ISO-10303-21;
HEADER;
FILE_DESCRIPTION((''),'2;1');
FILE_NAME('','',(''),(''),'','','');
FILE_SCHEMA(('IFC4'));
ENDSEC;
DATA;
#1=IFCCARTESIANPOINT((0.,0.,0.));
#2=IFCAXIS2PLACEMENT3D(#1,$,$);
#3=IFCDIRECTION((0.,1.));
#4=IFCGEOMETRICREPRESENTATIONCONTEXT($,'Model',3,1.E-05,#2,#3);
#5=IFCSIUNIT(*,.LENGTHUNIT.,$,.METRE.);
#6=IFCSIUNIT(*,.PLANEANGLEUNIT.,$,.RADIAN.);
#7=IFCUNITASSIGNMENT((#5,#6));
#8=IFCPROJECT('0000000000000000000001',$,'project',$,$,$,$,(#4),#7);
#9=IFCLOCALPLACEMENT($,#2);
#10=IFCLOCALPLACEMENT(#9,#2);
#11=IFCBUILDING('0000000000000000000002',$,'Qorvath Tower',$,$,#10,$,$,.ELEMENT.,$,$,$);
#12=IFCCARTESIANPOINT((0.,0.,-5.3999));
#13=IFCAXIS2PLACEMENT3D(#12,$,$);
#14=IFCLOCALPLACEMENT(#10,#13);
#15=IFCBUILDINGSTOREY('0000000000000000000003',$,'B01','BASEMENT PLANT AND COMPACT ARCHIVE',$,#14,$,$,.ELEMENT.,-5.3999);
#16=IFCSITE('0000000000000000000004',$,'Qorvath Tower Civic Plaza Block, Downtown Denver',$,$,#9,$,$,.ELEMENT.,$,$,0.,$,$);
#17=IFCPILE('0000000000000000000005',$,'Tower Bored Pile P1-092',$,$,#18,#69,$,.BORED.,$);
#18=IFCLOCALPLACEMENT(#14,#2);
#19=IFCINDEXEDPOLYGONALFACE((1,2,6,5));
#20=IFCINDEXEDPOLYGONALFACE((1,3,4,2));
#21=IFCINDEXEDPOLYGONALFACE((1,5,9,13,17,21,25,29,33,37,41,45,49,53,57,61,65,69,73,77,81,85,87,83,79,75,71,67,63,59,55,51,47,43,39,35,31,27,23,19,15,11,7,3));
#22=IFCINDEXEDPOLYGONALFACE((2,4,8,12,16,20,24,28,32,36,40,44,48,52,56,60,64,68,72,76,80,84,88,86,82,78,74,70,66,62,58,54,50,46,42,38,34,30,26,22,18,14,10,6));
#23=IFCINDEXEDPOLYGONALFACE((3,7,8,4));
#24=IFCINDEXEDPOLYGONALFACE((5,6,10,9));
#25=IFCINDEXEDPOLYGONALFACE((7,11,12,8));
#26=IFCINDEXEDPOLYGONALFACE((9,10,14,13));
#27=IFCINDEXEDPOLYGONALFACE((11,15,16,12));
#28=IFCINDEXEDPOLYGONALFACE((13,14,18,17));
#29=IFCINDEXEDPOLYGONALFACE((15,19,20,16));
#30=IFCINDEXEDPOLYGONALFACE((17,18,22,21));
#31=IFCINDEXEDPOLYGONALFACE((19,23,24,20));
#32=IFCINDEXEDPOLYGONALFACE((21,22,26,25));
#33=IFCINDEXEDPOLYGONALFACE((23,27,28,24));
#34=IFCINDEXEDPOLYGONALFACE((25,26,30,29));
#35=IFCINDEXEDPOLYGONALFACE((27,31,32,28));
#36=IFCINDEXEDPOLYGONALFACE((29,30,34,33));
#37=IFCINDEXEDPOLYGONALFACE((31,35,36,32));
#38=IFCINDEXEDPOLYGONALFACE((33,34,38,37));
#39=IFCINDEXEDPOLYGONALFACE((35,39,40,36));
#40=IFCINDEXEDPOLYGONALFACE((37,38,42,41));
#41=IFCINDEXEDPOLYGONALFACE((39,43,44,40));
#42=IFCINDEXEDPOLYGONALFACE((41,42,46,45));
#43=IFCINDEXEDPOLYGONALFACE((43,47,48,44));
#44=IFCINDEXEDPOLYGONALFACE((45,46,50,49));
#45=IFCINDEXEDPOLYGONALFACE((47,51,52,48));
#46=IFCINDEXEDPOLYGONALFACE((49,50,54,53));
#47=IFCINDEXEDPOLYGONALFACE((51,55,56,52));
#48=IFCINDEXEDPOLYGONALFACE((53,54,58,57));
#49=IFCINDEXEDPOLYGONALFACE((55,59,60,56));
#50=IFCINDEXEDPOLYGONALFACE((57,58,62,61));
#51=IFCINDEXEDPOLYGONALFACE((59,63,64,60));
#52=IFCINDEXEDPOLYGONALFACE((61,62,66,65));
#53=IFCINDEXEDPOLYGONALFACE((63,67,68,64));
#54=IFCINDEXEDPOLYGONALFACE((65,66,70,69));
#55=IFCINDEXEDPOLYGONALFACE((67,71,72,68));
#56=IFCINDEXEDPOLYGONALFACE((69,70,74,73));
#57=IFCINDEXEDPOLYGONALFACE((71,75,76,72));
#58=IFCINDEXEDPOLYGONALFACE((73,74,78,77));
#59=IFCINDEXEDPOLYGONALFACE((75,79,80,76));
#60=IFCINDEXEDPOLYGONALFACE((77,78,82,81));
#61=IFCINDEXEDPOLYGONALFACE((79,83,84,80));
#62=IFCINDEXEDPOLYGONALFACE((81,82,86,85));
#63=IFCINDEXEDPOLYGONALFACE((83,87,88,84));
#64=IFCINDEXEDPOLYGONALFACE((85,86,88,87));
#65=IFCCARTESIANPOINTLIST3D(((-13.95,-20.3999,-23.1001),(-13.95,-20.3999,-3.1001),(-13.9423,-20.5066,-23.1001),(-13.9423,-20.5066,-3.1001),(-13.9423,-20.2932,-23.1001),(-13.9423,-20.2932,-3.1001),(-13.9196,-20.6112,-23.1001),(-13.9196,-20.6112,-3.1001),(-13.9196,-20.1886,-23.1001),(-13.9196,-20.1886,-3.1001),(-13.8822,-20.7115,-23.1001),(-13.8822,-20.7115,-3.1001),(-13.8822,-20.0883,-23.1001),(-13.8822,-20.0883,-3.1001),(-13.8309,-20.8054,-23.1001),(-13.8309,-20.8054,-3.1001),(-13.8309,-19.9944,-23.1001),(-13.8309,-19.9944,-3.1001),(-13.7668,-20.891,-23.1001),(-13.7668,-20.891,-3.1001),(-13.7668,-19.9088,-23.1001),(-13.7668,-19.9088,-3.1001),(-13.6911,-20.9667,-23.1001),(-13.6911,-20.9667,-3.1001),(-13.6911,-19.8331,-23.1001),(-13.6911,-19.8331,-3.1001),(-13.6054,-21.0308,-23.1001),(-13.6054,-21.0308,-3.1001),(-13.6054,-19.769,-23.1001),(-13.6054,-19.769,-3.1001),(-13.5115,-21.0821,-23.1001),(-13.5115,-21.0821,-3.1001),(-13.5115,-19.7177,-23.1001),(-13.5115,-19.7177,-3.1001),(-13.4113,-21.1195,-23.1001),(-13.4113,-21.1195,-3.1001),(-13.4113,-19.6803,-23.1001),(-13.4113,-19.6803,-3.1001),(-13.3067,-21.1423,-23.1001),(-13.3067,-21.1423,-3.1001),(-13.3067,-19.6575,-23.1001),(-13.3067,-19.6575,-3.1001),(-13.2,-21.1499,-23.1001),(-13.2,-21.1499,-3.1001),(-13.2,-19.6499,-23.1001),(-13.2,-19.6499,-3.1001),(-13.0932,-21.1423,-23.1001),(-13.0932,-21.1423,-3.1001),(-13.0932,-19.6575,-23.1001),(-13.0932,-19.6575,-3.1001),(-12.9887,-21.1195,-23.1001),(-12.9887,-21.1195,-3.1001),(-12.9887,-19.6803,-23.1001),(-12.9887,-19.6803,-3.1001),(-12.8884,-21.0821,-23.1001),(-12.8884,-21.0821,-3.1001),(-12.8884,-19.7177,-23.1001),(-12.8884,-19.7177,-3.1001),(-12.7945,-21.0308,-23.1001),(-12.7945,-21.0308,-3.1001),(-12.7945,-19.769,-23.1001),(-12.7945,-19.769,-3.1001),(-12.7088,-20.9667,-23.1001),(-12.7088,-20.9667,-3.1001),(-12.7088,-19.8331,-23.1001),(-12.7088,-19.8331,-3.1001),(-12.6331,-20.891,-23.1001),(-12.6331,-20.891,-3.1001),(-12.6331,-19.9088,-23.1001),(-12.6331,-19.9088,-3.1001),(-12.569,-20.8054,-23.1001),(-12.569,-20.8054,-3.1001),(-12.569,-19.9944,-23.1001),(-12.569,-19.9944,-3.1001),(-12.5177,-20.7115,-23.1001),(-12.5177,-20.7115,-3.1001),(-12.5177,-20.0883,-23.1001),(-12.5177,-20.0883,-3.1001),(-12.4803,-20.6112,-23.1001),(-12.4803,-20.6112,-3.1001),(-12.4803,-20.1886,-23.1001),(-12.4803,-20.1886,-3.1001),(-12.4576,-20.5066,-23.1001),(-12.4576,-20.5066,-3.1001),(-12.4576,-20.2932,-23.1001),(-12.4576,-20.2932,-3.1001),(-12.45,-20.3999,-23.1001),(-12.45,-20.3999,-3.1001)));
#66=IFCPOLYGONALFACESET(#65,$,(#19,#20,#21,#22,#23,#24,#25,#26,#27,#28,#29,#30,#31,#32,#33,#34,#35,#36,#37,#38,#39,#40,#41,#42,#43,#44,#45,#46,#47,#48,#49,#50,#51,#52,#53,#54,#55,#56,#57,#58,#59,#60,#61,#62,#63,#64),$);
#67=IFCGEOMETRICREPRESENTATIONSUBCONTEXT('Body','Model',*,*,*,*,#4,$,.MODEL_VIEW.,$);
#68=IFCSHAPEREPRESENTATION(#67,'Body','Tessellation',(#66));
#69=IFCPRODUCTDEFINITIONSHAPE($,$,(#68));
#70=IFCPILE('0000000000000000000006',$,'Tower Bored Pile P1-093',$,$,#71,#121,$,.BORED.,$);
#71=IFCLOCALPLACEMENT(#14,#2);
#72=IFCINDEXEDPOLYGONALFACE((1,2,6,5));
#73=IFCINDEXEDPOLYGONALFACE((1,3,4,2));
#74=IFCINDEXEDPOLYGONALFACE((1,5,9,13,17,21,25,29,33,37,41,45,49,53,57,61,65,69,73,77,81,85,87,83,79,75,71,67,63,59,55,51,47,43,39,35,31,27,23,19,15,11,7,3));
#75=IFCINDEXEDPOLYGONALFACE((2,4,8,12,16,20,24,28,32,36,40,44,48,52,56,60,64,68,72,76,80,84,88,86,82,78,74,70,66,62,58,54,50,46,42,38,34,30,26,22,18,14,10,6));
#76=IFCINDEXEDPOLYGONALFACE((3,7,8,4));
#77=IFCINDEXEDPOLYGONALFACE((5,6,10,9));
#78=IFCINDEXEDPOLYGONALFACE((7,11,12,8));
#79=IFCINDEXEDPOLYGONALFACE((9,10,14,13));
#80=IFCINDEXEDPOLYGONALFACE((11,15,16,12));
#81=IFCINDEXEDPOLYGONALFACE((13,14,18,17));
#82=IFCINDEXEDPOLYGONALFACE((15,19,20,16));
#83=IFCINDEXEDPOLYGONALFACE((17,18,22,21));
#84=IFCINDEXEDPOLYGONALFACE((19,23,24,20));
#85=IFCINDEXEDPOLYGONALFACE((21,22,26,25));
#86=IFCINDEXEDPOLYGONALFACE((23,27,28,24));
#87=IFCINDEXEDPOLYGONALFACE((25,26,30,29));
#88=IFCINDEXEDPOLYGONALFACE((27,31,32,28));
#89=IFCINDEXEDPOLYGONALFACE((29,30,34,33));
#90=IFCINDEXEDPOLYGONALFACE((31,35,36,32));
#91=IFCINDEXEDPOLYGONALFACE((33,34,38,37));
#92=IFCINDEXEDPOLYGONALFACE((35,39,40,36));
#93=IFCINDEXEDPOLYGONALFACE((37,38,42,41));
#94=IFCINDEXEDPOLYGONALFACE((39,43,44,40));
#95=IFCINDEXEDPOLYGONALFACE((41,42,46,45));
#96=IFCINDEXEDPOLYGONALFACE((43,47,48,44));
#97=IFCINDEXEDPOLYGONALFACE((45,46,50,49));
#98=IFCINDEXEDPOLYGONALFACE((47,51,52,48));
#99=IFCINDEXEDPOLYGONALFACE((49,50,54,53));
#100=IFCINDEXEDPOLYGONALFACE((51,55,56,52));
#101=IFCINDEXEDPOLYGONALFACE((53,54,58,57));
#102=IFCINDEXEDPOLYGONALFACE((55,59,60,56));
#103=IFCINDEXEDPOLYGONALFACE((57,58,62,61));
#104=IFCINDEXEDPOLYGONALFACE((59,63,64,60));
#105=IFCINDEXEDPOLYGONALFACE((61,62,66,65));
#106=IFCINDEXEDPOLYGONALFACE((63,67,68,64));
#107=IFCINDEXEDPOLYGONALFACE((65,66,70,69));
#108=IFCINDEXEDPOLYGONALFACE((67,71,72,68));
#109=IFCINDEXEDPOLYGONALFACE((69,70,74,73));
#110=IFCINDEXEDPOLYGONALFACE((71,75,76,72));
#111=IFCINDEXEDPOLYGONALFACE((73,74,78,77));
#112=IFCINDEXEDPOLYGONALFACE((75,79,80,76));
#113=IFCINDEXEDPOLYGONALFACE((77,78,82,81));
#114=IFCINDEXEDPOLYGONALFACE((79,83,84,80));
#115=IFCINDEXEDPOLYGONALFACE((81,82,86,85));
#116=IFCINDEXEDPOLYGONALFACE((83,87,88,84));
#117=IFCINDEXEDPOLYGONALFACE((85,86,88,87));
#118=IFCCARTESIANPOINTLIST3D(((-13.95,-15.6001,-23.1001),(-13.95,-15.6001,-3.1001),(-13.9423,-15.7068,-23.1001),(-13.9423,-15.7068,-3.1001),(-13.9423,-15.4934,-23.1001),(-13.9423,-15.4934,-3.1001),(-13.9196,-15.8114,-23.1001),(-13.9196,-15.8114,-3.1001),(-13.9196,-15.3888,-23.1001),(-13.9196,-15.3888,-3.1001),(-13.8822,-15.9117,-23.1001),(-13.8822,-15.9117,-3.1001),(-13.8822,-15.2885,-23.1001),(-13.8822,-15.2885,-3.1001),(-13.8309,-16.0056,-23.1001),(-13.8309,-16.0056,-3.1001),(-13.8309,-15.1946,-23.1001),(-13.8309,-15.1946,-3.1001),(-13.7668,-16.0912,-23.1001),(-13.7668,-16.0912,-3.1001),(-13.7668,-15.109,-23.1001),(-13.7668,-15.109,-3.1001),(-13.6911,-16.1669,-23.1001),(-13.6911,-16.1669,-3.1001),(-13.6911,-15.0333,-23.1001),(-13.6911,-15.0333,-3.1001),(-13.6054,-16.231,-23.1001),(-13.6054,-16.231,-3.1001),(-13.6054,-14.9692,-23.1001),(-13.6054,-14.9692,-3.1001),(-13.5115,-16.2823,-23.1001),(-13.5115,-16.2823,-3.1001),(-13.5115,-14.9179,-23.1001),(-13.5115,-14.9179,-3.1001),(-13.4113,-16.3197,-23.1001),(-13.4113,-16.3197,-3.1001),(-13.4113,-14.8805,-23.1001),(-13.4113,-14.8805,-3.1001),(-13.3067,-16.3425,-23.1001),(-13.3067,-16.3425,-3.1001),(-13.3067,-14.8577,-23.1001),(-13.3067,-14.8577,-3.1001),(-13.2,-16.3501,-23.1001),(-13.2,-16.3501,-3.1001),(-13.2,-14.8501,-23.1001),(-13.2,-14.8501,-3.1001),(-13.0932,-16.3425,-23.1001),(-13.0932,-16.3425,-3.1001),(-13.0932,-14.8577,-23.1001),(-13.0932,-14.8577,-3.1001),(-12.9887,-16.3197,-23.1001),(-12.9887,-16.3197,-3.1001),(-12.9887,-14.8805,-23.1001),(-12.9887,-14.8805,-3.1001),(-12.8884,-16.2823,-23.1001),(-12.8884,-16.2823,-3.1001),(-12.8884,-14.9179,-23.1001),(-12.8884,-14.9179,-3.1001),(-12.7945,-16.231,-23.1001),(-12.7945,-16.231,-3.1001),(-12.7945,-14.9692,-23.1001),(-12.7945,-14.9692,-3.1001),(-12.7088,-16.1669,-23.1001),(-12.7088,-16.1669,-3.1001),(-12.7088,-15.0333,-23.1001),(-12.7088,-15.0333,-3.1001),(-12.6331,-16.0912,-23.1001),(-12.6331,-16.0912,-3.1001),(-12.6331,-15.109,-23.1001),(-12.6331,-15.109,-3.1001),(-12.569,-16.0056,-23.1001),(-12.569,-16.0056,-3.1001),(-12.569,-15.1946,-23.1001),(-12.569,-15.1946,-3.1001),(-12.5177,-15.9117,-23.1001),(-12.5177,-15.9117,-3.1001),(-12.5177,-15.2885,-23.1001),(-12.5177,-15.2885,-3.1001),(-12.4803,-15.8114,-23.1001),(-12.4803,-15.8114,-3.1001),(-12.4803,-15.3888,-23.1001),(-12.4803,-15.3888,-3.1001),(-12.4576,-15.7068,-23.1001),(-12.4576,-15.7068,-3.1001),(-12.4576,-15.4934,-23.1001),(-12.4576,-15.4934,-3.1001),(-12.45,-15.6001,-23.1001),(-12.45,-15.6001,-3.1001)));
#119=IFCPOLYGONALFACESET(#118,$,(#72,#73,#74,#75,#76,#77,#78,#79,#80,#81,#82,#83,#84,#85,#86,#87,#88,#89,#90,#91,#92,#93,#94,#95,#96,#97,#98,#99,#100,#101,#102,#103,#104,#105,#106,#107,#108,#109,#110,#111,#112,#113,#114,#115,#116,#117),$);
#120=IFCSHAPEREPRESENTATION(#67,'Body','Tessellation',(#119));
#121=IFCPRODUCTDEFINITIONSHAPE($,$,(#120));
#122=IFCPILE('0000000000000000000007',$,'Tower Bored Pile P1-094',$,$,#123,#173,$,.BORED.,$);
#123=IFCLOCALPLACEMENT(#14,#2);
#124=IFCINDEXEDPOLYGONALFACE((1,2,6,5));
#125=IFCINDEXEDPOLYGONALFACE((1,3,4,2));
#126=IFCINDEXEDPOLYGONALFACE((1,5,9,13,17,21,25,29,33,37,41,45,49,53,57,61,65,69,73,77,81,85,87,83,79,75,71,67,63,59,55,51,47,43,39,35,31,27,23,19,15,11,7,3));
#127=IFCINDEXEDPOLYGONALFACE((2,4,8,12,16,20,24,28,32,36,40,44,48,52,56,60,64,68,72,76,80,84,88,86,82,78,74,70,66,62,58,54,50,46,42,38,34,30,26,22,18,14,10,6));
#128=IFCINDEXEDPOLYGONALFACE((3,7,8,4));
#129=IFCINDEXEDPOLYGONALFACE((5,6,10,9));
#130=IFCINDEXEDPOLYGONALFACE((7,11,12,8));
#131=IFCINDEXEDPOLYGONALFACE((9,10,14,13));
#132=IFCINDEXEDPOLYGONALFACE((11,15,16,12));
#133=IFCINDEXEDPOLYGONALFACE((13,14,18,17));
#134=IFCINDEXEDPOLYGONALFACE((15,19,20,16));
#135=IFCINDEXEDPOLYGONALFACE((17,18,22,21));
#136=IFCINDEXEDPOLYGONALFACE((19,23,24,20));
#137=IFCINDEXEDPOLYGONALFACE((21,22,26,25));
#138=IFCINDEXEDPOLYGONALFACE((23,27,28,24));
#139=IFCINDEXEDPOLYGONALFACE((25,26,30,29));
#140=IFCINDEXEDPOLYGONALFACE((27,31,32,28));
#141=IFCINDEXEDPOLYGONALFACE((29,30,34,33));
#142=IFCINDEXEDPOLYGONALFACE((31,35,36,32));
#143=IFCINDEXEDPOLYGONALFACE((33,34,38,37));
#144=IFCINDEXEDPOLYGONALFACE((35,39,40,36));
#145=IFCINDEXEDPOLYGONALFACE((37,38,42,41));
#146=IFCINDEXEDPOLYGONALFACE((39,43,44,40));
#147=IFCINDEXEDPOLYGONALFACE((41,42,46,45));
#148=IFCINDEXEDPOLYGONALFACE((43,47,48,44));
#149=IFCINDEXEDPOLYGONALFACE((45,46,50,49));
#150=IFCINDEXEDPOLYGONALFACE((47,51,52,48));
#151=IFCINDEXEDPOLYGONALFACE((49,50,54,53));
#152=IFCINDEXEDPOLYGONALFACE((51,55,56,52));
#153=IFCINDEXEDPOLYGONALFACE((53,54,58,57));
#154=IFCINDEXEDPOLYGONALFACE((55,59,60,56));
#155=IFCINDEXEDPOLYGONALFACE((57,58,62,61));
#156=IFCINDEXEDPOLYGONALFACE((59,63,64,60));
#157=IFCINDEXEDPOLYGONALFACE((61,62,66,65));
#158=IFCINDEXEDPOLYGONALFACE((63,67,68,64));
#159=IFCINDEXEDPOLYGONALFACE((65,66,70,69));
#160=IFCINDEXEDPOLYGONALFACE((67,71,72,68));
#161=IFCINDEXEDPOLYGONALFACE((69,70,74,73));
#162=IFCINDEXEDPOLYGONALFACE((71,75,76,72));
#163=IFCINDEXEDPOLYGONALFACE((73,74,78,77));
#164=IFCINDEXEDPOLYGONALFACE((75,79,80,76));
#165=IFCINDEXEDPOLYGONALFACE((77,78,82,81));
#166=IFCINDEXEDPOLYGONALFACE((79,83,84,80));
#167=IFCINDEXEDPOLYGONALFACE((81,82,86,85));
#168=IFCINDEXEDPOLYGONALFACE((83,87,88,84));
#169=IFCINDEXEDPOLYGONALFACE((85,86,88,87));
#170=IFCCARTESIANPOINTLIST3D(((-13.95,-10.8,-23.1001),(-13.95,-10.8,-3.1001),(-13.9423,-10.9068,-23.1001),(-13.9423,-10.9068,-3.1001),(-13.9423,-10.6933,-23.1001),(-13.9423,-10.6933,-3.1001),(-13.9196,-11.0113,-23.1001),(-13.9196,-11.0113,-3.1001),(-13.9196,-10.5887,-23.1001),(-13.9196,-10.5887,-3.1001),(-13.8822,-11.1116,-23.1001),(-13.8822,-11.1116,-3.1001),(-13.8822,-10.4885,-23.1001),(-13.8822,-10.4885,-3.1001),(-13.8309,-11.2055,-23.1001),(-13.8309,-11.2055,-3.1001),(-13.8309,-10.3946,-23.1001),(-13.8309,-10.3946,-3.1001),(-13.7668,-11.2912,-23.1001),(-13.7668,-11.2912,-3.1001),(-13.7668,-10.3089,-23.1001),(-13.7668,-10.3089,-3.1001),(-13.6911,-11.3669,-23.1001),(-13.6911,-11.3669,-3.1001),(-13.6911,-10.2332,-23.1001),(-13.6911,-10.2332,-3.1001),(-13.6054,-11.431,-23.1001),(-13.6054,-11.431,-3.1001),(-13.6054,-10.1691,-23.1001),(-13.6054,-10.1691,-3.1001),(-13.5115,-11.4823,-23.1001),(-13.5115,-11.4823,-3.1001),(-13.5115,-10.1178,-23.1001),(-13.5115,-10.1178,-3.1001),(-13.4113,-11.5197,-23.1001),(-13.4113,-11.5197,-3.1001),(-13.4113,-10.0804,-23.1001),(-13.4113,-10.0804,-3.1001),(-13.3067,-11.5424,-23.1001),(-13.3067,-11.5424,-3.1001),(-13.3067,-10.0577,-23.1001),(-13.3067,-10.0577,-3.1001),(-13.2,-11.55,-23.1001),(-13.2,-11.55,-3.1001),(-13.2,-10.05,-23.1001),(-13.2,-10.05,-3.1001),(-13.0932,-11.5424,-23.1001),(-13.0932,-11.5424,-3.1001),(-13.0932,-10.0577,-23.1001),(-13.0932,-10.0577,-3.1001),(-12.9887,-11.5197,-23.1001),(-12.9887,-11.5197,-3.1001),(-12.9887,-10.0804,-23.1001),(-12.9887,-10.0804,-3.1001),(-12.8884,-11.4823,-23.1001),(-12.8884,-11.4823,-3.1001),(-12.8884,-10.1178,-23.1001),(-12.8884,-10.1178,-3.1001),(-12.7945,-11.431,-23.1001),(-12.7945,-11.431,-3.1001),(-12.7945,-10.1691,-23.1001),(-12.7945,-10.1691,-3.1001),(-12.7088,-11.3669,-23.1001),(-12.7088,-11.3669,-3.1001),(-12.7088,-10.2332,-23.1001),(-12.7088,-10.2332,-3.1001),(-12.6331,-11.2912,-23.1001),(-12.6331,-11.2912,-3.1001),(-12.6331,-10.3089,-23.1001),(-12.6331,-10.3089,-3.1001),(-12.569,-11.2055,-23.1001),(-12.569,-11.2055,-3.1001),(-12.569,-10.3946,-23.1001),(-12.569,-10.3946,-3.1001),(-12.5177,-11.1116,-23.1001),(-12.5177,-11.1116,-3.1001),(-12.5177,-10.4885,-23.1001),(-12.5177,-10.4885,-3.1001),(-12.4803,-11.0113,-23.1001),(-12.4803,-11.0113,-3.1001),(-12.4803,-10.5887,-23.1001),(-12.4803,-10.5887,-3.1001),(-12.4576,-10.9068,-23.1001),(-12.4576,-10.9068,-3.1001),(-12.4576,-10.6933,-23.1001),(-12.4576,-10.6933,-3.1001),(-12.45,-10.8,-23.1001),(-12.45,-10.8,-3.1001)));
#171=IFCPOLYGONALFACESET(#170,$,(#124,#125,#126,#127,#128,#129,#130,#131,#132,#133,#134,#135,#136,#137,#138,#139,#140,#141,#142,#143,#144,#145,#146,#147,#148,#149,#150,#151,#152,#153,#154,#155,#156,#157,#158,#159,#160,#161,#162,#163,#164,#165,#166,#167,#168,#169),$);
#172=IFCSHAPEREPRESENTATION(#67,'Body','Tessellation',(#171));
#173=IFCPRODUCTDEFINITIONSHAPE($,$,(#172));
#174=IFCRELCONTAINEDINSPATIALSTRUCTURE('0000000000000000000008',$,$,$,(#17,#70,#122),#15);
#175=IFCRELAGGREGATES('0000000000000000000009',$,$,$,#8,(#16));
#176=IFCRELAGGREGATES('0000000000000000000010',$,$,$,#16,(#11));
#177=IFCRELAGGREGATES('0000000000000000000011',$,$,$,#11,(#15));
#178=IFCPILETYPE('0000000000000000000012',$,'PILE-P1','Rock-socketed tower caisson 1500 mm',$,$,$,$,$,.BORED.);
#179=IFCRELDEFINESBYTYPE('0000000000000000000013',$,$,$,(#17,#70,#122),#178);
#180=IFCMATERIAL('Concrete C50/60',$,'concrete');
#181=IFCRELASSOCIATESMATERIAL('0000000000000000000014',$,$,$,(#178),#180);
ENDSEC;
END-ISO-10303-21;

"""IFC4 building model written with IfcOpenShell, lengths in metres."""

from ifc_helpers import new_model, si_unit, direction, frame, origin, origin_2d, place, context, subcontext, project, spatial, circle, extrude, material, material_profile, profile_set, type_object, element, save


model = new_model("IFC4")

# Units and contexts
model_context = context("Model", 3, precision=1e-05, world=origin(), true_north=direction((0.0, 1.0)))
body_context = subcontext(model_context, "Body", "Model", "MODEL_VIEW")
ifc_project = project(units=[si_unit("LENGTHUNIT", "METRE"), si_unit("PLANEANGLEUNIT", "RADIAN")], contexts=[model_context])

# Site, building, storey
site_placement = place(None, origin())
site = spatial("IfcSite", under=ifc_project, at=site_placement, Name="Qorvath Tower Civic Plaza Block, Downtown Denver", CompositionType="ELEMENT", RefElevation=0.0)
building_placement = place(site_placement, origin())
building = spatial("IfcBuilding", under=site, at=building_placement, Name="Qorvath Tower", CompositionType="ELEMENT")
storey_placement = place(building_placement, frame((0.0, 0.0, -5.3999)))
storey = spatial("IfcBuildingStorey", under=building, at=storey_placement, Name="B01", Description="BASEMENT PLANT AND COMPACT ARCHIVE", CompositionType="ELEMENT", Elevation=-5.3999)

# Piles
ifc_material_1 = material(Name="Concrete C50/60", Category="concrete")
ifc_material_profile_1 = material_profile(ifc_material_1, circle(Radius=0.75, at=origin_2d()), Name="BORED PILE 1500")
ifc_profile_set_1 = profile_set([ifc_material_profile_1], Name="Concrete C50/60")
pile_type = type_object("IfcPileType", Name="PILE-P1", Description="Rock-socketed tower caisson 1500 mm", PredefinedType="BORED", material=ifc_profile_set_1)
for number, where, z_axis, x_axis, name in (
    (1, (-13.2, -20.3999, -3.1001), (0.0, 0.0, -1.0), (1.0, 0.0, 0.0), "Tower Bored Pile P1-092"),
    (2, (-13.2, -15.6001, -3.1001), (0.0, 0.0, -1.0), (1.0, 0.0, 0.0), "Tower Bored Pile P1-093"),
    (3, (-13.2, -10.8, -3.1001), (0.0, 0.0, -1.0), (1.0, 0.0, 0.0), "Tower Bored Pile P1-094"),
):
    element("IfcPile", number, at=place(storey_placement, frame(where, z_axis=z_axis, x_axis=x_axis)), inside=storey, type_object=pile_type, Name=name, PredefinedType="BORED", context=body_context, shape_type="SweptSolid", body=[
        extrude(circle(Radius=0.75, at=origin_2d()), origin(), (0.0, 0.0, 1.0), 20.0),
    ])

save(model, "model.ifc")
